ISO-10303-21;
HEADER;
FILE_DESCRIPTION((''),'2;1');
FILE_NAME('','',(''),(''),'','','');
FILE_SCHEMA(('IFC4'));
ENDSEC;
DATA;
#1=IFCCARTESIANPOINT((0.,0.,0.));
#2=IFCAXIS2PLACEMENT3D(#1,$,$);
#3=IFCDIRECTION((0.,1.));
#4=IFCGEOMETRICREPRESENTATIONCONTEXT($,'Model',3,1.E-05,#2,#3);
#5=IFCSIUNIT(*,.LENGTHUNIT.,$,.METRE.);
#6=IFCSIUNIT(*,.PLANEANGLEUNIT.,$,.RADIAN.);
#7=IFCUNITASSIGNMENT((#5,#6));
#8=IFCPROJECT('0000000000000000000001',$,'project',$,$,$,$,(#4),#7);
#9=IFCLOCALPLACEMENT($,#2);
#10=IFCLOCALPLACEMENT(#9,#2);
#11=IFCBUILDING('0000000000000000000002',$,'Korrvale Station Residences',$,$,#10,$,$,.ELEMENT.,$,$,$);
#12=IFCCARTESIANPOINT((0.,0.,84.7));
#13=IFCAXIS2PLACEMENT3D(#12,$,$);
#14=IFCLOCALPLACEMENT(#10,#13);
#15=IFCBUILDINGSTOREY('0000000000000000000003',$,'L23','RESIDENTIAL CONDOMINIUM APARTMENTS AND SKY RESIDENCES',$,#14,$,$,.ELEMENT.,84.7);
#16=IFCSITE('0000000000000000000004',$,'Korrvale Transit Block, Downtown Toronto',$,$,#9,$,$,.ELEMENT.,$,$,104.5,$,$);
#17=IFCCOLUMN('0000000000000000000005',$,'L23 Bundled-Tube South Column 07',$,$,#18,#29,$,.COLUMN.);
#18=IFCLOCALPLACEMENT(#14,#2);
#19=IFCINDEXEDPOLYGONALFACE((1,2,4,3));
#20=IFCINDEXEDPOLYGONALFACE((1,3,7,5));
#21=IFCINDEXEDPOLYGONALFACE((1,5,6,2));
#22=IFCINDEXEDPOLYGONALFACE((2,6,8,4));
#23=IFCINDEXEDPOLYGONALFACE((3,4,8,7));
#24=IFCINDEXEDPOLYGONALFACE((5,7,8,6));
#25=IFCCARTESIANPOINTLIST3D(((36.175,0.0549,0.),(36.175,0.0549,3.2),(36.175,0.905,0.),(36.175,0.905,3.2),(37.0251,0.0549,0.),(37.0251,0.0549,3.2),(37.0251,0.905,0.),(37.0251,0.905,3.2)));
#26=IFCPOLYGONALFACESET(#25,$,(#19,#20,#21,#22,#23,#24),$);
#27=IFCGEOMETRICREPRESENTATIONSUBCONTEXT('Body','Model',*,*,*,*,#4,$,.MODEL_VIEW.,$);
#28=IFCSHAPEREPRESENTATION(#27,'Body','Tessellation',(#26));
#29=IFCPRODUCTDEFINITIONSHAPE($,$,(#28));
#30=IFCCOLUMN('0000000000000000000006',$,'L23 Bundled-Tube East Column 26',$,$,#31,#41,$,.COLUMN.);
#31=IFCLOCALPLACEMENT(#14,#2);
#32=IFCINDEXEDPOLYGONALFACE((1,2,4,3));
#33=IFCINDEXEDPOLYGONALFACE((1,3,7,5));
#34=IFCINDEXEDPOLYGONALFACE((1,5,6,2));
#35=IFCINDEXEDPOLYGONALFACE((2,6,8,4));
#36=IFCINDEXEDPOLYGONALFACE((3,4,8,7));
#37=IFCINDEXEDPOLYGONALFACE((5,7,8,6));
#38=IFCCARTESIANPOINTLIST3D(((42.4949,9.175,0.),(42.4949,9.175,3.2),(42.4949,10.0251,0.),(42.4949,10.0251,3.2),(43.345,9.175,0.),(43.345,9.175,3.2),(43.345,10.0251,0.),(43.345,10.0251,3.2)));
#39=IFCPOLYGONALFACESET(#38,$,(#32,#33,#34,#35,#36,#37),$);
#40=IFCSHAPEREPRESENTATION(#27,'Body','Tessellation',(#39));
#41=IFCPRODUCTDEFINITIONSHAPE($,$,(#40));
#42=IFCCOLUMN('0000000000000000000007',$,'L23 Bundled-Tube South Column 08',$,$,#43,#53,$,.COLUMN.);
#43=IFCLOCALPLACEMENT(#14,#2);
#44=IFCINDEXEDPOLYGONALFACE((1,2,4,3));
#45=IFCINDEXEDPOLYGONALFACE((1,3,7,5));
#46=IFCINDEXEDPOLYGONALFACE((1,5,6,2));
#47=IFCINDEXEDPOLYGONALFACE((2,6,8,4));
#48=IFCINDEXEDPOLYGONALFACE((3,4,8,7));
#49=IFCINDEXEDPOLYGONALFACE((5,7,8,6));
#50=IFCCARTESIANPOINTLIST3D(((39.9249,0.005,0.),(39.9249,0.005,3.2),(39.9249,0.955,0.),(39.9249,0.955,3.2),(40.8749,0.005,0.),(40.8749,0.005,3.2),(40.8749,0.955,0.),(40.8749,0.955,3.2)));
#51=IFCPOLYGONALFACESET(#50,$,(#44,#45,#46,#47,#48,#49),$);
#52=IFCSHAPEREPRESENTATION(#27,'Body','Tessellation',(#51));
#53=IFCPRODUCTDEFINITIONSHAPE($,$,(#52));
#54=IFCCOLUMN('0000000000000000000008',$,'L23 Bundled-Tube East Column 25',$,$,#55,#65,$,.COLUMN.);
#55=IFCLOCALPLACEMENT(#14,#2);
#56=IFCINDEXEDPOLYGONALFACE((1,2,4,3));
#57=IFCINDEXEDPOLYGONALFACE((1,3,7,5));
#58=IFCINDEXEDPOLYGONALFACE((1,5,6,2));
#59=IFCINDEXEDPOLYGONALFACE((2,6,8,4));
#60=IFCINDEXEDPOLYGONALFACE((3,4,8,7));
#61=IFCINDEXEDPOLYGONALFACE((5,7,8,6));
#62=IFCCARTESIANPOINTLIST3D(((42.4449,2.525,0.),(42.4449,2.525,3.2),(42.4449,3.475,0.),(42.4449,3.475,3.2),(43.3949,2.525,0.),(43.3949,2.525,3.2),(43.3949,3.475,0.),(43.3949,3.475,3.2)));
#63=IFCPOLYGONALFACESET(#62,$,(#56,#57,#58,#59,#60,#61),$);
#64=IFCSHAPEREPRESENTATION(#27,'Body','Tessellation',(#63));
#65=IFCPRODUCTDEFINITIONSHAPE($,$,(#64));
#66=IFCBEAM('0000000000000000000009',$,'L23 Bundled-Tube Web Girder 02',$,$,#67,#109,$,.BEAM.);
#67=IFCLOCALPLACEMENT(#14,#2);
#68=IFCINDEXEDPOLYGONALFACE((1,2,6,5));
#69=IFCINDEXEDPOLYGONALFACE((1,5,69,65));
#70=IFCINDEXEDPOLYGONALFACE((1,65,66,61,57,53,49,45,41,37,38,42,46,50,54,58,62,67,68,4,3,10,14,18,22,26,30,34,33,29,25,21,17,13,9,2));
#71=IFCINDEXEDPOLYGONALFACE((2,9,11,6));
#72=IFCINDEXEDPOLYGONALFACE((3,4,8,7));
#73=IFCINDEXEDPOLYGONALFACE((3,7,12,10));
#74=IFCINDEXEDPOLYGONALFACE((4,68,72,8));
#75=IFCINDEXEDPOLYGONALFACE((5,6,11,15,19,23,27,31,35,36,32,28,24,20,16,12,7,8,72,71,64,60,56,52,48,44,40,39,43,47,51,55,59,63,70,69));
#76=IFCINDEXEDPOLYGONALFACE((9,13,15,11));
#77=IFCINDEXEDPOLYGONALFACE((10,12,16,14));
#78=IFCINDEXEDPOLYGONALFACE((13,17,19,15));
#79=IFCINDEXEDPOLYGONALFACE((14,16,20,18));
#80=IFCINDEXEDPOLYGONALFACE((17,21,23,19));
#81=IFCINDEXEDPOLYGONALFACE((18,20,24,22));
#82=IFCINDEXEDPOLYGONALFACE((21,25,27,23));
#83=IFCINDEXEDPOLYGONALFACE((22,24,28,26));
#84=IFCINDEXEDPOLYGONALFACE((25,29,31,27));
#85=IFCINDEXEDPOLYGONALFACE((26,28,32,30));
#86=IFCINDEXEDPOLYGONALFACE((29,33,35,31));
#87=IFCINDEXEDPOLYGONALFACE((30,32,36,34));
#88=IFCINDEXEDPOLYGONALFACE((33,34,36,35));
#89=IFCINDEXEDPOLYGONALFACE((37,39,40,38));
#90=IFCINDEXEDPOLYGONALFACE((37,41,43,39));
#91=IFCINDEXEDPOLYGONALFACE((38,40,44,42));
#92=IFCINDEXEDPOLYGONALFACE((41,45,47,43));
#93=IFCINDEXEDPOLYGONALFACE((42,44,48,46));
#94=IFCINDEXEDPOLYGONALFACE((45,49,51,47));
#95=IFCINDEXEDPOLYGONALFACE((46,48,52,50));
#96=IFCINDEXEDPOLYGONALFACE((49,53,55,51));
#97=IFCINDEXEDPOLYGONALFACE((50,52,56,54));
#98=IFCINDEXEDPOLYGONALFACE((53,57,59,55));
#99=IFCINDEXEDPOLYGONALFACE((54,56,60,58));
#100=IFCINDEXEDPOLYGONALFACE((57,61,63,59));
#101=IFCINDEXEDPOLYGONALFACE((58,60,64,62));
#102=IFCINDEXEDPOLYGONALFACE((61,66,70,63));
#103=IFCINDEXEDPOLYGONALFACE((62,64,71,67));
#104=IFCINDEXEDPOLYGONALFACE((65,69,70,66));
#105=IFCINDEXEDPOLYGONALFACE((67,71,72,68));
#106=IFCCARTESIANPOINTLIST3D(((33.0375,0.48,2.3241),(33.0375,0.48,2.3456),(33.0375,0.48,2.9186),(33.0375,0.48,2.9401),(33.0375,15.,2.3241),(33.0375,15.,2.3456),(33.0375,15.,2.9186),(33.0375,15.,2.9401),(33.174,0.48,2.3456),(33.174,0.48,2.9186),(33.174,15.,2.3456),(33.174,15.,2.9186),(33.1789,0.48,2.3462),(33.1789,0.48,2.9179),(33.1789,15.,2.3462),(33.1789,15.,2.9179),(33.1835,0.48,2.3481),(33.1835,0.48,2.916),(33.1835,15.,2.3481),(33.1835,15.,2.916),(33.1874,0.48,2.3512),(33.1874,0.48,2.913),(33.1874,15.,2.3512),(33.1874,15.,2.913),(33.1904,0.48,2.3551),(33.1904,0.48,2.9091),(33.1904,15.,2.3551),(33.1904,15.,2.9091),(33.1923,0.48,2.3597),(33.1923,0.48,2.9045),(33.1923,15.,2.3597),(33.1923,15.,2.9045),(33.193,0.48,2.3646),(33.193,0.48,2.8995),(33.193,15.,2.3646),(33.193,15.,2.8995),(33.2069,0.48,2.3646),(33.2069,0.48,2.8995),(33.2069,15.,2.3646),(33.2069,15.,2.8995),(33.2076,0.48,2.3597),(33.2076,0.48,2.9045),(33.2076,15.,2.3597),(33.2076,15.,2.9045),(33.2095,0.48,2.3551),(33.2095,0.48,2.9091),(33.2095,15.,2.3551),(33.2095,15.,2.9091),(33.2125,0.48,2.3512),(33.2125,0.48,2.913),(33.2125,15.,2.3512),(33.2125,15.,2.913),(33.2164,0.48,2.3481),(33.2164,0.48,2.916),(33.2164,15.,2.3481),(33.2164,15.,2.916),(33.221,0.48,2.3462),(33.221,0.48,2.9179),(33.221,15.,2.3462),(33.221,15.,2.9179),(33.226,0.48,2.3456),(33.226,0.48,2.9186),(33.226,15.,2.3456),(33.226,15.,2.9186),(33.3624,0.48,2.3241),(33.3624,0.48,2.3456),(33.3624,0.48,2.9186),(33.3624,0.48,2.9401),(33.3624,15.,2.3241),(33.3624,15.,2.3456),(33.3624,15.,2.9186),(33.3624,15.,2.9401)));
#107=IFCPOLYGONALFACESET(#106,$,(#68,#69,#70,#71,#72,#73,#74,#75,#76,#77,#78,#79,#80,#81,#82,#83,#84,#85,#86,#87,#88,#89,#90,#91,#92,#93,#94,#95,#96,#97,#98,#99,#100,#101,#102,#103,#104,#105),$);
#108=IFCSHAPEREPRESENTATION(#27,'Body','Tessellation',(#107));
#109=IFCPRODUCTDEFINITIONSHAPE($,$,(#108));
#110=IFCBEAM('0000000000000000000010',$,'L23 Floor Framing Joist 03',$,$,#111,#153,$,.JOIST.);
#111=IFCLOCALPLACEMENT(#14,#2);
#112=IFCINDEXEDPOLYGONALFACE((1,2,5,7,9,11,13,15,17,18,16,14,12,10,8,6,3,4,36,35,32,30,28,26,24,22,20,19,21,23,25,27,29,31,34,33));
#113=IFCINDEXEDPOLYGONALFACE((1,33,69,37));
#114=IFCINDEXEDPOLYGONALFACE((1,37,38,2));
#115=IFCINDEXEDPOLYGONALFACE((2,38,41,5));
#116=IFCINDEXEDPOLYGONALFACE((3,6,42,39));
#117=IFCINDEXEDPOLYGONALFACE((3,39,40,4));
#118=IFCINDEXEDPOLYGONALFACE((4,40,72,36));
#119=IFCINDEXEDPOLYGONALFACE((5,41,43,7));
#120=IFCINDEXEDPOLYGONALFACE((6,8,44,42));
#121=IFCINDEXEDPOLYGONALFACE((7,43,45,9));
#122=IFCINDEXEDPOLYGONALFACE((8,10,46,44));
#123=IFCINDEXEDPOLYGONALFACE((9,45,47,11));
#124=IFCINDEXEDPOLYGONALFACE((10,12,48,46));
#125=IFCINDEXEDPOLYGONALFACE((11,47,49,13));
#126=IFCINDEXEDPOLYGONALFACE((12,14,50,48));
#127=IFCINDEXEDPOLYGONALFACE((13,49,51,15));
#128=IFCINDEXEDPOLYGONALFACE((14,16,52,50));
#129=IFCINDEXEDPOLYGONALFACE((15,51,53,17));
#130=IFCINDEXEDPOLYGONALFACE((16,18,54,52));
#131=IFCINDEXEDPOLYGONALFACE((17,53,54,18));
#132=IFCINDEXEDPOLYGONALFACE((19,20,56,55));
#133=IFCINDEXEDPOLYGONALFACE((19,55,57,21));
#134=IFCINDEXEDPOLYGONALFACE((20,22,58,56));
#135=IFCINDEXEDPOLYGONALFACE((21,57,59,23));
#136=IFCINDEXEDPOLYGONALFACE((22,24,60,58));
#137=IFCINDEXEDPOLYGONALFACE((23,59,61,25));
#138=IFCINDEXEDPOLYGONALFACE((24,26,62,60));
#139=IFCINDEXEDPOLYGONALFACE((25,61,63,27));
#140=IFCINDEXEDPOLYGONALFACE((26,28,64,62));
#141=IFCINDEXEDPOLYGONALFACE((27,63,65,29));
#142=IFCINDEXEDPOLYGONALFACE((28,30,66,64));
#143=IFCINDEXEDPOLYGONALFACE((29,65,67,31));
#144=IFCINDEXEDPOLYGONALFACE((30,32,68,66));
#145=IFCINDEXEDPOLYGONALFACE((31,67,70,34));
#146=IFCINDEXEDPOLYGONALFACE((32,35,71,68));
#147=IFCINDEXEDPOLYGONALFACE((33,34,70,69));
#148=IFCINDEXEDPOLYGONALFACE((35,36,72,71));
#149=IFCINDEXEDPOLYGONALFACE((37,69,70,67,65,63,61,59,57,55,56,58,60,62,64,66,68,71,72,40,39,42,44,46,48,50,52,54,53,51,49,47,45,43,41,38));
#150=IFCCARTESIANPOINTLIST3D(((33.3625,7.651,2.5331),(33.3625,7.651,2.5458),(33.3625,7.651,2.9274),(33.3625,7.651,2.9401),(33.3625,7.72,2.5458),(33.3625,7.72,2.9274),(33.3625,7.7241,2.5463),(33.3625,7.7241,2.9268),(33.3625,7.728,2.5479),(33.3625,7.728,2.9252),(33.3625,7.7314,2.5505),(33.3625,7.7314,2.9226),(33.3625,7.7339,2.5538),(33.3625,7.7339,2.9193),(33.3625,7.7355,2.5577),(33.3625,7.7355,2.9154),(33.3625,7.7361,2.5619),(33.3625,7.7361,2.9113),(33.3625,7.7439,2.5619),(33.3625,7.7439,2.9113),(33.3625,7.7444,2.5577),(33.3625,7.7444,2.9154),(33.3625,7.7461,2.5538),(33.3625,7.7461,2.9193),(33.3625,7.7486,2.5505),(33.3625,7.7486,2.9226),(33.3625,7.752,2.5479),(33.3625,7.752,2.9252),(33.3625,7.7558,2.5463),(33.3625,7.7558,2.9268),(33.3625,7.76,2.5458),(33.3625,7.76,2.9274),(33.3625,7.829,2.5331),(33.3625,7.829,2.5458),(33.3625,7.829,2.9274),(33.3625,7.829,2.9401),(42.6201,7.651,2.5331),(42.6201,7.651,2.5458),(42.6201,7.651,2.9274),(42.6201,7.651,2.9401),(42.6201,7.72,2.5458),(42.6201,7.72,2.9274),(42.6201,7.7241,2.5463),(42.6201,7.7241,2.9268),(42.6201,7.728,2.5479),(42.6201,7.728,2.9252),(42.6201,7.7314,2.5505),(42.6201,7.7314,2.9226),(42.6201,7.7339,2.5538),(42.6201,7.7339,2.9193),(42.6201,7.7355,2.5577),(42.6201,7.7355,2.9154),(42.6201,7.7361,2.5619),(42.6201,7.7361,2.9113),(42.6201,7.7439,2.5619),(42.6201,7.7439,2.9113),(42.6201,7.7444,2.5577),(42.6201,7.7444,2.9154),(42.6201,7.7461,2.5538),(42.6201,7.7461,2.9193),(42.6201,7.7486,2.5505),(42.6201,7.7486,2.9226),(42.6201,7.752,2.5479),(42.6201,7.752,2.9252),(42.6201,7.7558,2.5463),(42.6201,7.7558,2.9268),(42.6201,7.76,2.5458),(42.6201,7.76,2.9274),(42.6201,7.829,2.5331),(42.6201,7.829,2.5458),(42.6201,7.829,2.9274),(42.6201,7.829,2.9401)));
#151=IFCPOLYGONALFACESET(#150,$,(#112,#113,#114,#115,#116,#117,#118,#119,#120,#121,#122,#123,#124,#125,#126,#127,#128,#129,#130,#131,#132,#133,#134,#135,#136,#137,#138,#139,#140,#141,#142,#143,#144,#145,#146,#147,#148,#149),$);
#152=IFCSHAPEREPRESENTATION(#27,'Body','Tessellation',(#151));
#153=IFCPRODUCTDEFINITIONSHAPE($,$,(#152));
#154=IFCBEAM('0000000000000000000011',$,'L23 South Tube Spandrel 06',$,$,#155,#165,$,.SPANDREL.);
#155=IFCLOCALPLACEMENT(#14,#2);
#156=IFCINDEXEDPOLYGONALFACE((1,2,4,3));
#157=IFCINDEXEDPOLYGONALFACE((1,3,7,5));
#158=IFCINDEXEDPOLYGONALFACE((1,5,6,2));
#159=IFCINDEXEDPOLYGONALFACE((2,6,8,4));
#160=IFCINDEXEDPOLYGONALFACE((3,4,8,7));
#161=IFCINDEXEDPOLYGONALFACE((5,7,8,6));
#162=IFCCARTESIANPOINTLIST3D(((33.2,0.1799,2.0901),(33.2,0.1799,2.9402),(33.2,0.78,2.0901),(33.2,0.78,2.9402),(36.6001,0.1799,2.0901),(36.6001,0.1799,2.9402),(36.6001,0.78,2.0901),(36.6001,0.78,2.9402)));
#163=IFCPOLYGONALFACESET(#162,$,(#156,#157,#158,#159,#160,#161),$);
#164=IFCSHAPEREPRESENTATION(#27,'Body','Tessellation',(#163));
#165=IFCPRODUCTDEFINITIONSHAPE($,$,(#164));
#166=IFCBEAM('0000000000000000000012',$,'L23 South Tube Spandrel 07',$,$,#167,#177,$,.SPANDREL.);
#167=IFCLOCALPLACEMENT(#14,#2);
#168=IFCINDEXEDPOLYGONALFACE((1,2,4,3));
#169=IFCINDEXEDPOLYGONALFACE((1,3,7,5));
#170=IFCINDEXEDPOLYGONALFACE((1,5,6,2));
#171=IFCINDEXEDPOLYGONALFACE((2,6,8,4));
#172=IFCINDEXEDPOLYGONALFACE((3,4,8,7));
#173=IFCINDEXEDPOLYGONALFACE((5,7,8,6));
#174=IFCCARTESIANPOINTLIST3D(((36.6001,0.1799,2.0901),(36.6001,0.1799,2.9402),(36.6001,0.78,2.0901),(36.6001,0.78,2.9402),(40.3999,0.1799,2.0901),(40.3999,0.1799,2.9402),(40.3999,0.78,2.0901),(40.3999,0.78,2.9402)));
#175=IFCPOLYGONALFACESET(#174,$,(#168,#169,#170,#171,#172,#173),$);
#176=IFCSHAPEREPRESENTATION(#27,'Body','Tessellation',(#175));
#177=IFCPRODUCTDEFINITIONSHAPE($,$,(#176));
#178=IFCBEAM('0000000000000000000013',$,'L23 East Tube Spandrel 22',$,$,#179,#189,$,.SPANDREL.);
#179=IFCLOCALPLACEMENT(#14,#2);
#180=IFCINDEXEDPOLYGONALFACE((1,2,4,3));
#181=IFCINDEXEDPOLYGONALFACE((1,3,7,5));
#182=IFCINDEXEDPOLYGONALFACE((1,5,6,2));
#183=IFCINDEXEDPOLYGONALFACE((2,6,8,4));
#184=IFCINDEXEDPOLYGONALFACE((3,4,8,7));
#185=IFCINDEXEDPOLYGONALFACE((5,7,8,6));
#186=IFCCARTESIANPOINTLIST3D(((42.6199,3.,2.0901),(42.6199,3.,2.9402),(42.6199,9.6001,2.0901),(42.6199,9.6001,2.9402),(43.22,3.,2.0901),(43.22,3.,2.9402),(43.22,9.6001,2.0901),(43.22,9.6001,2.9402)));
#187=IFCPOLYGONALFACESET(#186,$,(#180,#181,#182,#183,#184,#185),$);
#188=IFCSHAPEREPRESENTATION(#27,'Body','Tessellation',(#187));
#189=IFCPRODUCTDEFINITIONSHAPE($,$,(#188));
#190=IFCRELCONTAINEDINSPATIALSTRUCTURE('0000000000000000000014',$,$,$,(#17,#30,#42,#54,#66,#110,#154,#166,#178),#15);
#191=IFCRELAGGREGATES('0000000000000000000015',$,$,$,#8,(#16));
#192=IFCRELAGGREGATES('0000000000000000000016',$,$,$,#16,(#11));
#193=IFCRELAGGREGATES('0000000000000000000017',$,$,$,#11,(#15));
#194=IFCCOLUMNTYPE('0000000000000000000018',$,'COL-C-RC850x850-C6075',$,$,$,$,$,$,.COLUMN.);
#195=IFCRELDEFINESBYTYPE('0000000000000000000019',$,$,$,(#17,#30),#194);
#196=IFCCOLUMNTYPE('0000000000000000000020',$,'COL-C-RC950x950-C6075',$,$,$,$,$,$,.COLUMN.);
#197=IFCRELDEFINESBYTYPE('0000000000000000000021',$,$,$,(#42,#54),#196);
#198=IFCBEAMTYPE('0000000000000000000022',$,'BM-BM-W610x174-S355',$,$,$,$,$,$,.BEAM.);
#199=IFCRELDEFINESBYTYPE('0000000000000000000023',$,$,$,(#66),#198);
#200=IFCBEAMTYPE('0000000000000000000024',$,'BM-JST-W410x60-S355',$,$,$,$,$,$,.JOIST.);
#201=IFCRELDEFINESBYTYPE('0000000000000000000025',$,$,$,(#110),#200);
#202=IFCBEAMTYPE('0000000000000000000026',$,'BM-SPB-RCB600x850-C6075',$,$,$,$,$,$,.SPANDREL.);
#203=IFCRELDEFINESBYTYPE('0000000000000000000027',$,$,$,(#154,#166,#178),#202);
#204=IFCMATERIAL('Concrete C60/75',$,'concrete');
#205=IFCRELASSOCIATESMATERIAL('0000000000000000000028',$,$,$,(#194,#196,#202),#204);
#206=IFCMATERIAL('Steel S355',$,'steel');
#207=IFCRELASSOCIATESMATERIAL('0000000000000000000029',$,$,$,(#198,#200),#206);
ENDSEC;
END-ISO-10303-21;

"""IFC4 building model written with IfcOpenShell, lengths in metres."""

from ifc_helpers import new_model, si_unit, direction, frame, origin, origin_2d, place, context, subcontext, project, spatial, rectangle, i_section, extrude, material, material_profile, profile_set, type_object, element, save


model = new_model("IFC4")

# Units and contexts
model_context = context("Model", 3, precision=1e-05, world=origin(), true_north=direction((0.0, 1.0)))
body_context = subcontext(model_context, "Body", "Model", "MODEL_VIEW")
ifc_project = project(units=[si_unit("LENGTHUNIT", "METRE"), si_unit("PLANEANGLEUNIT", "RADIAN")], contexts=[model_context])

# Site, building, storey
site_placement = place(None, origin())
site = spatial("IfcSite", under=ifc_project, at=site_placement, Name="Korrvale Transit Block, Downtown Toronto", CompositionType="ELEMENT", RefElevation=104.5)
building_placement = place(site_placement, origin())
building = spatial("IfcBuilding", under=site, at=building_placement, Name="Korrvale Station Residences", CompositionType="ELEMENT")
storey_placement = place(building_placement, frame((0.0, 0.0, 84.7)))
storey = spatial("IfcBuildingStorey", under=building, at=storey_placement, Name="L23", Description="RESIDENTIAL CONDOMINIUM APARTMENTS AND SKY RESIDENCES", CompositionType="ELEMENT", Elevation=84.7)

# Columns
ifc_material_1 = material(Name="Concrete C60/75", Category="concrete")
ifc_material_profile_1 = material_profile(ifc_material_1, rectangle(XDim=0.8501, YDim=0.8501, at=origin_2d()), Name="RC850x850")
ifc_profile_set_1 = profile_set([ifc_material_profile_1], Name="Concrete C60/75")
column_type_1 = type_object("IfcColumnType", Name="COL-C-RC850x850-C6075", PredefinedType="COLUMN", material=ifc_profile_set_1)
for number, where, z_axis, x_axis, name in (
    (1, (36.6001, 0.48, 0.0), (0.0, 0.0, 1.0), (1.0, 0.0, 0.0), "L23 Bundled-Tube South Column 07"),
    (2, (42.9199, 9.6001, 0.0), (0.0, 0.0, 1.0), (1.0, 0.0, 0.0), "L23 Bundled-Tube East Column 26"),
):
    element("IfcColumn", number, at=place(storey_placement, frame(where, z_axis=z_axis, x_axis=x_axis)), inside=storey, type_object=column_type_1, Name=name, PredefinedType="COLUMN", context=body_context, shape_type="SweptSolid", body=[
        extrude(rectangle(XDim=0.8501, YDim=0.8501, at=origin_2d()), origin(), (0.0, 0.0, 1.0), 3.2),
    ])
ifc_material_profile_2 = material_profile(ifc_material_1, rectangle(XDim=0.95, YDim=0.95, at=origin_2d()), Name="RC950x950")
ifc_profile_set_2 = profile_set([ifc_material_profile_2], Name="Concrete C60/75")
column_type_2 = type_object("IfcColumnType", Name="COL-C-RC950x950-C6075", PredefinedType="COLUMN", material=ifc_profile_set_2)
for number, where, z_axis, x_axis, name in (
    (3, (40.3999, 0.48, 0.0), (0.0, 0.0, 1.0), (1.0, 0.0, 0.0), "L23 Bundled-Tube South Column 08"),
    (4, (42.9199, 3.0, 0.0), (0.0, 0.0, 1.0), (1.0, 0.0, 0.0), "L23 Bundled-Tube East Column 25"),
):
    element("IfcColumn", number, at=place(storey_placement, frame(where, z_axis=z_axis, x_axis=x_axis)), inside=storey, type_object=column_type_2, Name=name, PredefinedType="COLUMN", context=body_context, shape_type="SweptSolid", body=[
        extrude(rectangle(XDim=0.95, YDim=0.95, at=origin_2d()), origin(), (0.0, 0.0, 1.0), 3.2),
    ])

# Beams
ifc_material_2 = material(Name="Steel S355", Category="steel")
ifc_material_profile_3 = material_profile(ifc_material_2, i_section(OverallWidth=0.325, OverallDepth=0.616, WebThickness=0.0139, FlangeThickness=0.0215, FilletRadius=0.019, at=origin_2d()), Name="W610x174")
ifc_profile_set_3 = profile_set([ifc_material_profile_3], Name="Steel S355")
beam_type_1 = type_object("IfcBeamType", Name="BM-BM-W610x174-S355", PredefinedType="BEAM", material=ifc_profile_set_3)
beam_1_placement = place(storey_placement, frame((33.2, 0.48, 2.6321), z_axis=(0.0, 1.0, 0.0), x_axis=(-1.0, 0.0, 0.0)))
element("IfcBeam", 5, at=beam_1_placement, inside=storey, type_object=beam_type_1, Name="L23 Bundled-Tube Web Girder 02", PredefinedType="BEAM", context=body_context, shape_type="SweptSolid", body=[
    extrude(i_section(OverallWidth=0.325, OverallDepth=0.616, WebThickness=0.0139, FlangeThickness=0.0215, FilletRadius=0.019, at=origin_2d()), origin(), (0.0, 0.0, 1.0), 14.52),
])
ifc_material_profile_4 = material_profile(ifc_material_2, i_section(OverallWidth=0.178, OverallDepth=0.407, WebThickness=0.0078, FlangeThickness=0.0127, FilletRadius=0.0161, at=origin_2d()), Name="W410x60")
ifc_profile_set_4 = profile_set([ifc_material_profile_4], Name="Steel S355")
beam_type_2 = type_object("IfcBeamType", Name="BM-JST-W410x60-S355", PredefinedType="JOIST", material=ifc_profile_set_4)
beam_2_placement = place(storey_placement, frame((33.3625, 7.74, 2.7366), z_axis=(1.0, 0.0, 0.0), x_axis=(0.0, 1.0, 0.0)))
element("IfcBeam", 6, at=beam_2_placement, inside=storey, type_object=beam_type_2, Name="L23 Floor Framing Joist 03", PredefinedType="JOIST", context=body_context, shape_type="SweptSolid", body=[
    extrude(i_section(OverallWidth=0.178, OverallDepth=0.407, WebThickness=0.0078, FlangeThickness=0.0127, FilletRadius=0.0161, at=origin_2d()), origin(), (0.0, 0.0, 1.0), 9.2576),
])
ifc_material_profile_5 = material_profile(ifc_material_1, rectangle(XDim=0.6001, YDim=0.8501, at=origin_2d()), Name="RCB600x850")
ifc_profile_set_5 = profile_set([ifc_material_profile_5], Name="Concrete C60/75")
beam_type_3 = type_object("IfcBeamType", Name="BM-SPB-RCB600x850-C6075", PredefinedType="SPANDREL", material=ifc_profile_set_5)
beam_3_placement = place(storey_placement, frame((33.2, 0.48, 2.5151), z_axis=(1.0, 0.0, 0.0), x_axis=(0.0, 1.0, 0.0)))
element("IfcBeam", 7, at=beam_3_placement, inside=storey, type_object=beam_type_3, Name="L23 South Tube Spandrel 06", PredefinedType="SPANDREL", context=body_context, shape_type="SweptSolid", body=[
    extrude(rectangle(XDim=0.6001, YDim=0.8501, at=origin_2d()), origin(), (0.0, 0.0, 1.0), 3.4001),
])
beam_4_placement = place(storey_placement, frame((36.6001, 0.48, 2.5151), z_axis=(1.0, 0.0, 0.0), x_axis=(0.0, 1.0, 0.0)))
element("IfcBeam", 8, at=beam_4_placement, inside=storey, type_object=beam_type_3, Name="L23 South Tube Spandrel 07", PredefinedType="SPANDREL", context=body_context, shape_type="SweptSolid", body=[
    extrude(rectangle(XDim=0.6001, YDim=0.8501, at=origin_2d()), origin(), (0.0, 0.0, 1.0), 3.7998),
])
beam_5_placement = place(storey_placement, frame((42.9199, 3.0, 2.5151), z_axis=(0.0, 1.0, 0.0), x_axis=(-1.0, 0.0, 0.0)))
element("IfcBeam", 9, at=beam_5_placement, inside=storey, type_object=beam_type_3, Name="L23 East Tube Spandrel 22", PredefinedType="SPANDREL", context=body_context, shape_type="SweptSolid", body=[
    extrude(rectangle(XDim=0.6001, YDim=0.8501, at=origin_2d()), origin(), (0.0, 0.0, 1.0), 6.6001),
])

save(model, "model.ifc")
